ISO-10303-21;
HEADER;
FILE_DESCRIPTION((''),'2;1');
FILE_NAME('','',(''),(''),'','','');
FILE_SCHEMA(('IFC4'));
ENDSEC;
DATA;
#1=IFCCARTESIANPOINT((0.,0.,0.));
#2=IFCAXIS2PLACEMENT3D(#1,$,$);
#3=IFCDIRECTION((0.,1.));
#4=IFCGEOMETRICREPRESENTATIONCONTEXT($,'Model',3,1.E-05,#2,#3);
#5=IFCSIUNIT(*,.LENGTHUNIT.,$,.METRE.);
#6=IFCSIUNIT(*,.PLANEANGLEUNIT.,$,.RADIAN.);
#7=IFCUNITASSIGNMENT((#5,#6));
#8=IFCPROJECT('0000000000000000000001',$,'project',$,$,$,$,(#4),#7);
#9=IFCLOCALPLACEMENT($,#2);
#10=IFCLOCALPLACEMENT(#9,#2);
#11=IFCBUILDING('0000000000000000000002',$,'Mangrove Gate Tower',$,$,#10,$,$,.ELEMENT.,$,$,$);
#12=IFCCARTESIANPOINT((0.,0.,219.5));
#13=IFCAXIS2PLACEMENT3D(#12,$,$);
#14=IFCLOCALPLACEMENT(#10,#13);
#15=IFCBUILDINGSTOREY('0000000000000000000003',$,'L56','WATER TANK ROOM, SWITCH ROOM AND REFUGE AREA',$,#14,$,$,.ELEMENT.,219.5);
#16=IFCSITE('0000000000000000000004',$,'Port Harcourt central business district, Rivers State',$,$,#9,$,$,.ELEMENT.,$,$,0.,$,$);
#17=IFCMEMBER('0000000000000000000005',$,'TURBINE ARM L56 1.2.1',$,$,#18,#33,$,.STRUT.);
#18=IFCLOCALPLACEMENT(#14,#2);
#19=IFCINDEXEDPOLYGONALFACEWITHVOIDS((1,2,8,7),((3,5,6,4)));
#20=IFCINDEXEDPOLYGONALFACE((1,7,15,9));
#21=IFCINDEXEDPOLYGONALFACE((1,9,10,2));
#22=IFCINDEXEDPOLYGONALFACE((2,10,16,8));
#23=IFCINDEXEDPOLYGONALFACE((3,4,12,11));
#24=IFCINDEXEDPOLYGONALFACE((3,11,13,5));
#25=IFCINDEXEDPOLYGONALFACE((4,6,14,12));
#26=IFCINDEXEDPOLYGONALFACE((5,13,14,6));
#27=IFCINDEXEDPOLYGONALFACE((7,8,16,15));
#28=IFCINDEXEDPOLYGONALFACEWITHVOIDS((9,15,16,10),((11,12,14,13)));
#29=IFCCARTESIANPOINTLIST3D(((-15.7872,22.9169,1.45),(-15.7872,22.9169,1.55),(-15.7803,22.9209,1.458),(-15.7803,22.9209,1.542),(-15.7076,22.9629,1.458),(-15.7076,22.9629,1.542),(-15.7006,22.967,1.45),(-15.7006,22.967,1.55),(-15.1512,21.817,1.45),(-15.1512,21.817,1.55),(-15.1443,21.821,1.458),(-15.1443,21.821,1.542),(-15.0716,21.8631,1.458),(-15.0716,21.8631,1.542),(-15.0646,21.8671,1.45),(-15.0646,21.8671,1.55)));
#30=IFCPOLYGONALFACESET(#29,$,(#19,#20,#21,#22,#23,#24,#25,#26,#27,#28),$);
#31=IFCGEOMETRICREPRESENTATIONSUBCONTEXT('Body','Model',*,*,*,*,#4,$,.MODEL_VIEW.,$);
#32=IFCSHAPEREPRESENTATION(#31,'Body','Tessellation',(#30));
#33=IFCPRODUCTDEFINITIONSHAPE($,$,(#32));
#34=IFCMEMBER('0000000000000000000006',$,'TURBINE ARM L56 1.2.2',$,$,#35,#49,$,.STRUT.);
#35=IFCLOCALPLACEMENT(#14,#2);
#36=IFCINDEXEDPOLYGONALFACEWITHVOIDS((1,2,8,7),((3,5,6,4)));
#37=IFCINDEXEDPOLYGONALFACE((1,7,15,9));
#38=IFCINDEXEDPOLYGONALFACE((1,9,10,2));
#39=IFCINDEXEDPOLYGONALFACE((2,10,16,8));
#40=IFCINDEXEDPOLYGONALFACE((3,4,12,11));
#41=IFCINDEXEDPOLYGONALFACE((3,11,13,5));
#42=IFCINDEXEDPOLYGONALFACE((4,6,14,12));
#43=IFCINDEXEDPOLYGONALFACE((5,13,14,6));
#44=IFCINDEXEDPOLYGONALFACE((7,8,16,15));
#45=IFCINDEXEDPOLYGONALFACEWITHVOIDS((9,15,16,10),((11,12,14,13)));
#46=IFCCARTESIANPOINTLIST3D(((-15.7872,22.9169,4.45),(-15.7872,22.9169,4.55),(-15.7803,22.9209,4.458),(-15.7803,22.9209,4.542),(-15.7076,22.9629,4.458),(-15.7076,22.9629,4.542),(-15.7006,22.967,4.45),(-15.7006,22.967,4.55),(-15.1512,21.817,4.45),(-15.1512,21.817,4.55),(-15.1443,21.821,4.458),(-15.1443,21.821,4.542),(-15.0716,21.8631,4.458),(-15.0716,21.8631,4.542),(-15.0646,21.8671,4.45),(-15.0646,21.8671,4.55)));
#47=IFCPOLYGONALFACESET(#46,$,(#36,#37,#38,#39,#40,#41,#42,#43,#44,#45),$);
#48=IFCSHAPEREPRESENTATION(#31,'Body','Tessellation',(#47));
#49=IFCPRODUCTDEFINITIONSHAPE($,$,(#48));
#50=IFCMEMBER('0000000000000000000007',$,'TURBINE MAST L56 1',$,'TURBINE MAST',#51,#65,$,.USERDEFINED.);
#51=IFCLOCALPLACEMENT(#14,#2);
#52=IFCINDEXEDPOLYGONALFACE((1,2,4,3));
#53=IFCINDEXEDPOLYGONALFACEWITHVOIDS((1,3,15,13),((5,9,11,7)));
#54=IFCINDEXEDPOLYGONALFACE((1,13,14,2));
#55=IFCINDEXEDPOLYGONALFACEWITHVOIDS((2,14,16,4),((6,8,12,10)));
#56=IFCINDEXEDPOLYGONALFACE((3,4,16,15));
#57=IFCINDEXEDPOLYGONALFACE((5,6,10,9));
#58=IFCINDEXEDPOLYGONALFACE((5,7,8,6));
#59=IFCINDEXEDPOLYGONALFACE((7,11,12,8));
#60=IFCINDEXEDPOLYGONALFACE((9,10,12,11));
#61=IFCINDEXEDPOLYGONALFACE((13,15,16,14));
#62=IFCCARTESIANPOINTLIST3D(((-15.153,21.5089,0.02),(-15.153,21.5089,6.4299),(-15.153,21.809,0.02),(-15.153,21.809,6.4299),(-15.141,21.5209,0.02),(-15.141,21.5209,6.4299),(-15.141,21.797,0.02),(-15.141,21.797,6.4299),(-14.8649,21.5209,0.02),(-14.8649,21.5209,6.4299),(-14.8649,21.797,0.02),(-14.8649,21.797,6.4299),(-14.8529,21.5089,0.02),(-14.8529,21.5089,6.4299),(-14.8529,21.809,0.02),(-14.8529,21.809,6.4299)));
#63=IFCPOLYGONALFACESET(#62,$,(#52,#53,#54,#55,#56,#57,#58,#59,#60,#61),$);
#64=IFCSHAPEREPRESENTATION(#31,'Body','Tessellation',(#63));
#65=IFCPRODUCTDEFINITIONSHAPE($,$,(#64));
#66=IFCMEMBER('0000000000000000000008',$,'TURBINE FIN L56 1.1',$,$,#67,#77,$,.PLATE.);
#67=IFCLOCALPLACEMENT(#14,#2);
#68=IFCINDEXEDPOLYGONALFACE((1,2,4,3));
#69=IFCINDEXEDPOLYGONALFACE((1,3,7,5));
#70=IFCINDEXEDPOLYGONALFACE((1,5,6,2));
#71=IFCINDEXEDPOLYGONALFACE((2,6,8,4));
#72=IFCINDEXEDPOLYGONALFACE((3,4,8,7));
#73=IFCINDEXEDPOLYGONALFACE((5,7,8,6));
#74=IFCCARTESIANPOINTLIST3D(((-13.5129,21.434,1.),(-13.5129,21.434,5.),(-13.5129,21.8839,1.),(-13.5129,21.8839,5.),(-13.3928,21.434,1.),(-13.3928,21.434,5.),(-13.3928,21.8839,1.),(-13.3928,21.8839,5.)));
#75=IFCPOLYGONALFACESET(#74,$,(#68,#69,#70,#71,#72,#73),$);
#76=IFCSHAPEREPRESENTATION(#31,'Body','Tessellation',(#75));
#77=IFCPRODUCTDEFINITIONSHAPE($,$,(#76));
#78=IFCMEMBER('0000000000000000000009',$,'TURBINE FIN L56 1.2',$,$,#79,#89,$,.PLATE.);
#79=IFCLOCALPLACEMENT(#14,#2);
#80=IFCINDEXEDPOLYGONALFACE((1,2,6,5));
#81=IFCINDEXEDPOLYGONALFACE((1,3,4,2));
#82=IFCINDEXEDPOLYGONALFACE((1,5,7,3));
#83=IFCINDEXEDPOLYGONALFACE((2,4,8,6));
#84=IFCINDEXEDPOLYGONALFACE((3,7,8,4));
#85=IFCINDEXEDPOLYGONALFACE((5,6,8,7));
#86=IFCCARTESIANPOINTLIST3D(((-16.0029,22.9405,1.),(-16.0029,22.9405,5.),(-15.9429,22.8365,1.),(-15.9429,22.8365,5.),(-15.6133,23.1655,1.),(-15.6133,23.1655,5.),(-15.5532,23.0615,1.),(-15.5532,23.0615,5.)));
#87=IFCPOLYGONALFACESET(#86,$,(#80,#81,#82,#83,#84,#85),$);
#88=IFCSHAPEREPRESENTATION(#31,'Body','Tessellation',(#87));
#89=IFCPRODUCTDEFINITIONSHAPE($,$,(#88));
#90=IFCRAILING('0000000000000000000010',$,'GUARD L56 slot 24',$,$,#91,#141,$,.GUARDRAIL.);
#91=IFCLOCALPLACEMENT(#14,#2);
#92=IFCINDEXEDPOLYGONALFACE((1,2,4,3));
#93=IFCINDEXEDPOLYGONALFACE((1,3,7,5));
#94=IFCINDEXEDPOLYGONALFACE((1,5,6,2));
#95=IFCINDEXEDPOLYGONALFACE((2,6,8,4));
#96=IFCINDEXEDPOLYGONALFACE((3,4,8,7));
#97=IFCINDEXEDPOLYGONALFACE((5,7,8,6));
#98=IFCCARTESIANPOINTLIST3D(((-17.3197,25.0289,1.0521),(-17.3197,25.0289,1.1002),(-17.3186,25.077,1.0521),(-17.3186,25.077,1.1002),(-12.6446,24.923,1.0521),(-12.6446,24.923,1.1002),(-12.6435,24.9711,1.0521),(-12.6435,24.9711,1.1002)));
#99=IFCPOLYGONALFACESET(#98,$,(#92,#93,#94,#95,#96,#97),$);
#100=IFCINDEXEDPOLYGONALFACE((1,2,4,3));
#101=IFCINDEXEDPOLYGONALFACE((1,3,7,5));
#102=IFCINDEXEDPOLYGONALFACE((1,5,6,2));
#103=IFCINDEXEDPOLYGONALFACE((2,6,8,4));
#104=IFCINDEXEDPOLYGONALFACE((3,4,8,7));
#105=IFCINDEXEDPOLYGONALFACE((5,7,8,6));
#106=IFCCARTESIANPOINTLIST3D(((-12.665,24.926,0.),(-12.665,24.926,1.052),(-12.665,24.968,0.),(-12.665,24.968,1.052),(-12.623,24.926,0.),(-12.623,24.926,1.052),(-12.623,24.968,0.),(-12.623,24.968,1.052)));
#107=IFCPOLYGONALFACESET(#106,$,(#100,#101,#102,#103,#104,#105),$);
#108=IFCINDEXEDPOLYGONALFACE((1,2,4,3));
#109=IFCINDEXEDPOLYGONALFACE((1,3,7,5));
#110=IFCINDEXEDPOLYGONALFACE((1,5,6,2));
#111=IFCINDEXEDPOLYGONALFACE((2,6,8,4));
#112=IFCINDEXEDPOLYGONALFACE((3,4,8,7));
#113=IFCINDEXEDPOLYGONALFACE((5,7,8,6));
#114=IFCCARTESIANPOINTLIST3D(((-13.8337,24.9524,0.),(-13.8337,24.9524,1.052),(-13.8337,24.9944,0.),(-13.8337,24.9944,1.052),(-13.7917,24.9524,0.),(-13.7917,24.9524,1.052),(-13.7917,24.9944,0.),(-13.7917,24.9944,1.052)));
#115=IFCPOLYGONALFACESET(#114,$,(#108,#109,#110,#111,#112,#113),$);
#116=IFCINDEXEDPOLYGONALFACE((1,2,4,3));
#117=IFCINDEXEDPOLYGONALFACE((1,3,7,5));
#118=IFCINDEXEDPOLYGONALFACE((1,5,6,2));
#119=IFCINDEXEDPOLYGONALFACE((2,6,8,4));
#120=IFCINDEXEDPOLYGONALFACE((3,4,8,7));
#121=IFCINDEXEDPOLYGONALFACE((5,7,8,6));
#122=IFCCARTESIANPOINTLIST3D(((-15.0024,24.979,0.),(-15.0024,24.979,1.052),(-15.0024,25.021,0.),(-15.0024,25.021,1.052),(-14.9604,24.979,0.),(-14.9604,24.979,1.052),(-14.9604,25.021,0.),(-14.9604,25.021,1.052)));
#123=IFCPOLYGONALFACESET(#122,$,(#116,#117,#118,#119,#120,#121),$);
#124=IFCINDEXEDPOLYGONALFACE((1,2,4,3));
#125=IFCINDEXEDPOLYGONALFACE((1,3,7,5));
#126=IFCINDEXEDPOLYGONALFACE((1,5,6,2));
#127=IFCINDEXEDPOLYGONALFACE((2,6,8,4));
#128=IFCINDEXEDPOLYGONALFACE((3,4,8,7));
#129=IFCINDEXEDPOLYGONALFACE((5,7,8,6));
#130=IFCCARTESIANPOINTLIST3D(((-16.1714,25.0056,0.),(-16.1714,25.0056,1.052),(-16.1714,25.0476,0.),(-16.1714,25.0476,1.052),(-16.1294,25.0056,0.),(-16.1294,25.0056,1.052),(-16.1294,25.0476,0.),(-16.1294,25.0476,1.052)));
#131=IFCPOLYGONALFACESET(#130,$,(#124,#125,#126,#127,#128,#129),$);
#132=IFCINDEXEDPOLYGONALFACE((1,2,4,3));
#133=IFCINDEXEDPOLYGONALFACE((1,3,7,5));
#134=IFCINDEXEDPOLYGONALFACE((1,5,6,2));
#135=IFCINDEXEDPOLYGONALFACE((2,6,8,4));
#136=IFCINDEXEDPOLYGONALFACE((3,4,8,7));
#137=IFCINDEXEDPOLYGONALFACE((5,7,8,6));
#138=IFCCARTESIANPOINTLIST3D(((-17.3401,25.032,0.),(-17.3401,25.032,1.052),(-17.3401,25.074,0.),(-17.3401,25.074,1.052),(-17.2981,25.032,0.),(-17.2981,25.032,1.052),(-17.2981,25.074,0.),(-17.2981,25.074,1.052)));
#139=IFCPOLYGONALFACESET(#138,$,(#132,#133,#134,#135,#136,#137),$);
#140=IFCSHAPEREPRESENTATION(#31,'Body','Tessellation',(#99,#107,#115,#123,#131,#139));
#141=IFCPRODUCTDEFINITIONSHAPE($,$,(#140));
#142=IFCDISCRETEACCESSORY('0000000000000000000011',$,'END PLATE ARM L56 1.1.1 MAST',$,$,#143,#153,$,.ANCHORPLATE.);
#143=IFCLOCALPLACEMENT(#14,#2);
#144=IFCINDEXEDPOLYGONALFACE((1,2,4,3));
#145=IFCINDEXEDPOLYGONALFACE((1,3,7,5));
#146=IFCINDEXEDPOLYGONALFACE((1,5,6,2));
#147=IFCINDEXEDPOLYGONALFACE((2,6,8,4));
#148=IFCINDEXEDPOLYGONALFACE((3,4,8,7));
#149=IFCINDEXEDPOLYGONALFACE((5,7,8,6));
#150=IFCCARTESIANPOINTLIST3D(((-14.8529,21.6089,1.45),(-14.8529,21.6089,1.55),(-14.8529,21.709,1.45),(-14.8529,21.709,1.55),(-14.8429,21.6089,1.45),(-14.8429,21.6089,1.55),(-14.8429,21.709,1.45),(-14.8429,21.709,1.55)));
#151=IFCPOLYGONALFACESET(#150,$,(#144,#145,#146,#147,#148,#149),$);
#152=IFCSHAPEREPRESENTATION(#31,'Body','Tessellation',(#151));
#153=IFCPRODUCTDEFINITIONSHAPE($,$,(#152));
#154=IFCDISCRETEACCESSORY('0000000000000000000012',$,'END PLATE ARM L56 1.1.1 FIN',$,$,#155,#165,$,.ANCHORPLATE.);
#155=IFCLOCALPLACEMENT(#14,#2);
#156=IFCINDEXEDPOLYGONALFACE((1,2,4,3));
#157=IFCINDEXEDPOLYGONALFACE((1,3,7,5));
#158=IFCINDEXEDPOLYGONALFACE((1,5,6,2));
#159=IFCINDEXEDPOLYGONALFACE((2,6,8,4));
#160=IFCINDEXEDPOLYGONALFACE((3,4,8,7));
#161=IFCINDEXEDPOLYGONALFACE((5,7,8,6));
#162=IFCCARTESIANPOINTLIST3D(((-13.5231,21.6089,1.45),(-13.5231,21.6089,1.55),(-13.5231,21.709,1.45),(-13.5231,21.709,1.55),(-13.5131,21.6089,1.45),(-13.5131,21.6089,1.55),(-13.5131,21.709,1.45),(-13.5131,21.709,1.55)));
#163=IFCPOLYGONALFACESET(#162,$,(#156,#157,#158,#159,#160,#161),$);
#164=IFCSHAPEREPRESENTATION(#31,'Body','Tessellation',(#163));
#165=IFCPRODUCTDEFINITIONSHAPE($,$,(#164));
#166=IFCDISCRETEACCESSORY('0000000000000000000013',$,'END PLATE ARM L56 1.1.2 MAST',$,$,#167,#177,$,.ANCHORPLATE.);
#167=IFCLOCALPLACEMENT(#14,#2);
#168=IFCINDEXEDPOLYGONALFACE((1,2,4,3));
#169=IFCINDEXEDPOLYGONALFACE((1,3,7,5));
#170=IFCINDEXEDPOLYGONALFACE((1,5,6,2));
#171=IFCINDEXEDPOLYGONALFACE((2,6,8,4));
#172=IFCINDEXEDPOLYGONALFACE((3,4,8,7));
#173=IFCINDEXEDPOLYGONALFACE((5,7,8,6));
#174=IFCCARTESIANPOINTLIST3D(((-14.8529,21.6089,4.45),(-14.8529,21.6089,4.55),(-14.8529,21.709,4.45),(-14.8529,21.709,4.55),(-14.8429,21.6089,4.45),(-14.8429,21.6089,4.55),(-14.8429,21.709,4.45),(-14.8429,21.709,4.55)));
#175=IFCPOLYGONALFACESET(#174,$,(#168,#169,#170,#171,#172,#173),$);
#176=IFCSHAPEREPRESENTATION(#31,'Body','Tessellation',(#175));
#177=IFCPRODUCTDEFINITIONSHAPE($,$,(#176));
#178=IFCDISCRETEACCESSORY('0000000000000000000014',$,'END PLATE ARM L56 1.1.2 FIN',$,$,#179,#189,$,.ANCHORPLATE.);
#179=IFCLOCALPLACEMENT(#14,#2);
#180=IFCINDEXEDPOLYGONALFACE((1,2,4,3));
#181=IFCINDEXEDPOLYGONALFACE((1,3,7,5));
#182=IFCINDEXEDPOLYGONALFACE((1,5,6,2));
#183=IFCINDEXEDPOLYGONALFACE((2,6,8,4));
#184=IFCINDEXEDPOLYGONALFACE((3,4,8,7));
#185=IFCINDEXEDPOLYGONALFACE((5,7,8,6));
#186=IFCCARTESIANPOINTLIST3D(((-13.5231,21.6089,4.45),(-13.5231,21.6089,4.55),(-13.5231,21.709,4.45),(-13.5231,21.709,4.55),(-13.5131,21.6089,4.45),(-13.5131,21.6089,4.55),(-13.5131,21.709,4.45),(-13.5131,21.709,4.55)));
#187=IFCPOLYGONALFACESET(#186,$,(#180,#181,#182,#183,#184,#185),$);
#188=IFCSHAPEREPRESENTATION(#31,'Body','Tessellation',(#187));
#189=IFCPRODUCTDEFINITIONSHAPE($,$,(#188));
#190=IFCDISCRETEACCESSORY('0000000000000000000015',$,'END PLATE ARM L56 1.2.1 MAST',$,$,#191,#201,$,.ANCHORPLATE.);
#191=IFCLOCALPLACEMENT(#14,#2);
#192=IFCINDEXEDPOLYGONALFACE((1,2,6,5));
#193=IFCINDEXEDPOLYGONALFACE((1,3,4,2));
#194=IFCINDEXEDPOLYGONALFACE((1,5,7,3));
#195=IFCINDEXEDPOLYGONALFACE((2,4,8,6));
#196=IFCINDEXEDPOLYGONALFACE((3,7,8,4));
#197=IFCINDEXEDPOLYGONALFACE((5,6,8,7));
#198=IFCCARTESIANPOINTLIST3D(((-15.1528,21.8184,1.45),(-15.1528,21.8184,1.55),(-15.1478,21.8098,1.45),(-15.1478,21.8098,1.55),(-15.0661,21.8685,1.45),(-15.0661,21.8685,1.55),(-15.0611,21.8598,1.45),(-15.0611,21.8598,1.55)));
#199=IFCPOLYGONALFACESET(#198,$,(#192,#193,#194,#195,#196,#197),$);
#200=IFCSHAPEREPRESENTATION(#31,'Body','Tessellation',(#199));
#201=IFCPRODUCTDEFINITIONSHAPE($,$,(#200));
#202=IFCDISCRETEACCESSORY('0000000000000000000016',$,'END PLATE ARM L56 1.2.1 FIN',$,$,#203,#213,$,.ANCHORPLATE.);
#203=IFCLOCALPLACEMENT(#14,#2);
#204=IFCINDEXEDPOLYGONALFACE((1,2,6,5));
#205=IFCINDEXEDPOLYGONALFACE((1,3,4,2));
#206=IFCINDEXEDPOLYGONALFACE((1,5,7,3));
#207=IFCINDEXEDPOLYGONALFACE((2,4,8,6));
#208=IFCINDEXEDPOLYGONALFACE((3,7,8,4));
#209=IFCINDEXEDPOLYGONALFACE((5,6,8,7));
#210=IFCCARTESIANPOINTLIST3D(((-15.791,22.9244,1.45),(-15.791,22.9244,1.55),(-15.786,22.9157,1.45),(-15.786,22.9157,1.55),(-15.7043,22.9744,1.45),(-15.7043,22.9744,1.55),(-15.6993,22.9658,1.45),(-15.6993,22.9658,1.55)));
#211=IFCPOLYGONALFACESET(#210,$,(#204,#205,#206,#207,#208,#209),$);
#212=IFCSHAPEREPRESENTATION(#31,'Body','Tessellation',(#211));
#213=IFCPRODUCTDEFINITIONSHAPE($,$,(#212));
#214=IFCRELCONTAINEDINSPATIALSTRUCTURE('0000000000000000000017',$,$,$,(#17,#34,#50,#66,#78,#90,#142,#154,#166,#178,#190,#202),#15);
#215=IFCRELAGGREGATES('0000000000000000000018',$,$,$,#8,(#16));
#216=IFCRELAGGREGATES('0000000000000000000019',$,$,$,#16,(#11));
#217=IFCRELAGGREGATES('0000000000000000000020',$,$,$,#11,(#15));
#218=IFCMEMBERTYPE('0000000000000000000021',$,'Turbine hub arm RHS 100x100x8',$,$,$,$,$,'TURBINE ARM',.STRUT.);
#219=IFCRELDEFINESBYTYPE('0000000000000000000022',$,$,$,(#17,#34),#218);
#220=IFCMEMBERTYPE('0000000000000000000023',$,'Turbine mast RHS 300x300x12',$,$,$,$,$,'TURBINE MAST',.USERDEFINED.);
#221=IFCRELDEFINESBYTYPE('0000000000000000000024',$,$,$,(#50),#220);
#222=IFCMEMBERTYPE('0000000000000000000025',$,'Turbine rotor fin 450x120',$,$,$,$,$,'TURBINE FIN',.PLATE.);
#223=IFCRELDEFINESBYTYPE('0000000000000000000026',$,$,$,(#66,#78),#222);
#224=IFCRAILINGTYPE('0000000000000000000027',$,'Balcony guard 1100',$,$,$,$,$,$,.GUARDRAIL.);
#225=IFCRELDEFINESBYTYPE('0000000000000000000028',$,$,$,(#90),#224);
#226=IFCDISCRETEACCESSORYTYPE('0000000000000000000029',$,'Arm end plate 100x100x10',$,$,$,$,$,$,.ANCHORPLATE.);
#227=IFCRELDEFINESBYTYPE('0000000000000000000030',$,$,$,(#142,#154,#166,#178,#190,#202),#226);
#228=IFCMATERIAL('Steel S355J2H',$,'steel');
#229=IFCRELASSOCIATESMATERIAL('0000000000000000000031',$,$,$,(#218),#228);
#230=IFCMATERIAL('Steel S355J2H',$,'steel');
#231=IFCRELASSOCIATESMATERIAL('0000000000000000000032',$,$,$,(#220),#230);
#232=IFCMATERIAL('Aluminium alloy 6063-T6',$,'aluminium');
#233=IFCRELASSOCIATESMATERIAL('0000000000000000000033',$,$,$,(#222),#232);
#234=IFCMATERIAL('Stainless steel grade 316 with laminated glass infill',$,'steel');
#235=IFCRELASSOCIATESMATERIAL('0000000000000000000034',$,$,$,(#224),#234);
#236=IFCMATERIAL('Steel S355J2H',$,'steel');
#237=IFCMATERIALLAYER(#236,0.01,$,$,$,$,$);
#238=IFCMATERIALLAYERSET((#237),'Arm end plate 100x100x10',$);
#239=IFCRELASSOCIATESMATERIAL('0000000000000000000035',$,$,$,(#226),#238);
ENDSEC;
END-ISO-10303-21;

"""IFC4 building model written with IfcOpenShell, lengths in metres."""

from ifc_helpers import new_model, si_unit, direction, frame, origin, origin_2d, place, context, subcontext, project, spatial, rectangle, hollow_rectangle, extrude, material, layer, layer_set, material_profile, profile_set, type_object, element, save


model = new_model("IFC4")

# Units and contexts
model_context = context("Model", 3, precision=1e-05, world=origin(), true_north=direction((0.0, 1.0)))
body_context = subcontext(model_context, "Body", "Model", "MODEL_VIEW")
ifc_project = project(units=[si_unit("LENGTHUNIT", "METRE"), si_unit("PLANEANGLEUNIT", "RADIAN")], contexts=[model_context])

# Site, building, storey
site_placement = place(None, origin())
site = spatial("IfcSite", under=ifc_project, at=site_placement, Name="Port Harcourt central business district, Rivers State", CompositionType="ELEMENT", RefElevation=0.0)
building_placement = place(site_placement, origin())
building = spatial("IfcBuilding", under=site, at=building_placement, Name="Mangrove Gate Tower", CompositionType="ELEMENT")
storey_placement = place(building_placement, frame((0.0, 0.0, 219.5)))
storey = spatial("IfcBuildingStorey", under=building, at=storey_placement, Name="L56", Description="WATER TANK ROOM, SWITCH ROOM AND REFUGE AREA", CompositionType="ELEMENT", Elevation=219.5)

# Members
ifc_material_1 = material(Name="Steel S355J2H", Category="steel")
ifc_material_profile_1 = material_profile(ifc_material_1, hollow_rectangle(XDim=0.1001, YDim=0.1001, WallThickness=0.0081, at=origin_2d()))
ifc_profile_set_1 = profile_set([ifc_material_profile_1], Name="Steel S355J2H")
member_type_1 = type_object("IfcMemberType", Name="Turbine hub arm RHS 100x100x8", ElementType="TURBINE ARM", PredefinedType="STRUT", material=ifc_profile_set_1)
for number, where, z_axis, x_axis, name in (
    (1, (-15.1079, 21.842, 1.5), (-0.500582, 0.865689, 0.0), (-0.865689, -0.500582, 0.0), "TURBINE ARM L56 1.2.1"),
    (2, (-15.1079, 21.842, 4.5), (-0.500582, 0.865689, 0.0), (-0.865689, -0.500582, 0.0), "TURBINE ARM L56 1.2.2"),
):
    element("IfcMember", number, at=place(storey_placement, frame(where, z_axis=z_axis, x_axis=x_axis)), inside=storey, type_object=member_type_1, Name=name, PredefinedType="STRUT", context=body_context, shape_type="SweptSolid", body=[
        extrude(hollow_rectangle(XDim=0.1001, YDim=0.1001, WallThickness=0.0081, at=origin_2d()), origin(), (0.0, 0.0, 1.0), 1.2705),
    ])
ifc_material_2 = material(Name="Steel S355J2H", Category="steel")
ifc_material_profile_2 = material_profile(ifc_material_2, hollow_rectangle(XDim=0.3, YDim=0.3, WallThickness=0.012, at=origin_2d()))
ifc_profile_set_2 = profile_set([ifc_material_profile_2], Name="Steel S355J2H")
member_type_2 = type_object("IfcMemberType", Name="Turbine mast RHS 300x300x12", ElementType="TURBINE MAST", PredefinedType="USERDEFINED", material=ifc_profile_set_2)
member_1_placement = place(storey_placement, frame((-15.0029, 21.6589, 0.02), z_axis=(0.0, 0.0, 1.0), x_axis=(1.0, 0.0, 0.0)))
element("IfcMember", 3, at=member_1_placement, inside=storey, type_object=member_type_2, Name="TURBINE MAST L56 1", ObjectType="TURBINE MAST", PredefinedType="USERDEFINED", context=body_context, shape_type="SweptSolid", body=[
    extrude(hollow_rectangle(XDim=0.3, YDim=0.3, WallThickness=0.012, at=origin_2d()), origin(), (0.0, 0.0, 1.0), 6.4099),
])
ifc_material_3 = material(Name="Aluminium alloy 6063-T6", Category="aluminium")
ifc_material_profile_3 = material_profile(ifc_material_3, rectangle(XDim=0.45, YDim=0.1201, at=origin_2d()))
ifc_profile_set_3 = profile_set([ifc_material_profile_3], Name="Aluminium alloy 6063-T6")
member_type_3 = type_object("IfcMemberType", Name="Turbine rotor fin 450x120", ElementType="TURBINE FIN", PredefinedType="PLATE", material=ifc_profile_set_3)
for number, where, z_axis, x_axis, name in (
    (4, (-13.4529, 21.6589, 1.0), (0.0, 0.0, 1.0), (0.0, 1.0, 0.0), "TURBINE FIN L56 1.1"),
    (5, (-15.7781, 23.001, 1.0), (0.0, 0.0, 1.0), (-0.866025, -0.5, 0.0), "TURBINE FIN L56 1.2"),
):
    element("IfcMember", number, at=place(storey_placement, frame(where, z_axis=z_axis, x_axis=x_axis)), inside=storey, type_object=member_type_3, Name=name, PredefinedType="PLATE", context=body_context, shape_type="SweptSolid", body=[
        extrude(rectangle(XDim=0.45, YDim=0.1201, at=origin_2d()), origin(), (0.0, 0.0, 1.0), 4.0),
    ])

# Railing
ifc_material_4 = material(Name="Stainless steel grade 316 with laminated glass infill", Category="steel")
railing_type = type_object("IfcRailingType", Name="Balcony guard 1100", PredefinedType="GUARDRAIL", material=ifc_material_4)
railing_placement = place(storey_placement, frame((-12.644, 24.947, 0.0)))
element("IfcRailing", 6, at=railing_placement, inside=storey, type_object=railing_type, Name="GUARD L56 slot 24", PredefinedType="GUARDRAIL", context=body_context, shape_type="SweptSolid", body=[
    extrude(rectangle(XDim=0.0481, YDim=0.0481, at=origin_2d()), frame((0.0, 0.0, 1.0762), z_axis=(-0.999743, 0.022659, 0.0), x_axis=(-0.022659, -0.999743, 0.0)), (0.0, 0.0, 1.0), 4.6763),
    extrude(rectangle(XDim=0.042, YDim=0.042, at=origin_2d()), origin(), (0.0, 0.0, 1.0), 1.052),
    extrude(rectangle(XDim=0.042, YDim=0.042, at=origin_2d()), frame((-1.1687, 0.0264, 0.0)), (0.0, 0.0, 1.0), 1.052),
    extrude(rectangle(XDim=0.042, YDim=0.042, at=origin_2d()), frame((-2.3374, 0.053, 0.0)), (0.0, 0.0, 1.0), 1.052),
    extrude(rectangle(XDim=0.042, YDim=0.042, at=origin_2d()), frame((-3.5063, 0.0796, 0.0)), (0.0, 0.0, 1.0), 1.052),
    extrude(rectangle(XDim=0.042, YDim=0.042, at=origin_2d()), frame((-4.675, 0.106, 0.0)), (0.0, 0.0, 1.0), 1.052),
])

# Discrete accessories
ifc_material_5 = material(Name="Steel S355J2H", Category="steel")
ifc_layer_1 = layer(ifc_material_5, 0.01)
ifc_layer_set_1 = layer_set([ifc_layer_1], Name="Arm end plate 100x100x10")
discrete_accessory_type_1 = type_object("IfcDiscreteAccessoryType", Name="Arm end plate 100x100x10", PredefinedType="ANCHORPLATE", material=ifc_layer_set_1)
for number, where, z_axis, x_axis, name in (
    (7, (-14.8479, 21.6589, 1.45), (0.0, 0.0, 1.0), (1.0, 0.0, 0.0), "END PLATE ARM L56 1.1.1 MAST"),
    (8, (-13.5181, 21.6589, 1.45), (0.0, 0.0, 1.0), (1.0, 0.0, 0.0), "END PLATE ARM L56 1.1.1 FIN"),
    (9, (-14.8479, 21.6589, 4.45), (0.0, 0.0, 1.0), (1.0, 0.0, 0.0), "END PLATE ARM L56 1.1.2 MAST"),
    (10, (-13.5181, 21.6589, 4.45), (0.0, 0.0, 1.0), (1.0, 0.0, 0.0), "END PLATE ARM L56 1.1.2 FIN"),
    (11, (-15.1069, 21.8391, 1.45), (0.0, 0.0, 1.0), (-0.5, 0.866025, 0.0), "END PLATE ARM L56 1.2.1 MAST"),
    (12, (-15.7451, 22.9451, 1.45), (0.0, 0.0, 1.0), (-0.5, 0.866025, 0.0), "END PLATE ARM L56 1.2.1 FIN"),
):
    element("IfcDiscreteAccessory", number, at=place(storey_placement, frame(where, z_axis=z_axis, x_axis=x_axis)), inside=storey, type_object=discrete_accessory_type_1, Name=name, PredefinedType="ANCHORPLATE", context=body_context, shape_type="SweptSolid", body=[
        extrude(rectangle(XDim=0.01, YDim=0.1001, at=origin_2d()), origin(), (0.0, 0.0, 1.0), 0.1001),
    ])

save(model, "model.ifc")
